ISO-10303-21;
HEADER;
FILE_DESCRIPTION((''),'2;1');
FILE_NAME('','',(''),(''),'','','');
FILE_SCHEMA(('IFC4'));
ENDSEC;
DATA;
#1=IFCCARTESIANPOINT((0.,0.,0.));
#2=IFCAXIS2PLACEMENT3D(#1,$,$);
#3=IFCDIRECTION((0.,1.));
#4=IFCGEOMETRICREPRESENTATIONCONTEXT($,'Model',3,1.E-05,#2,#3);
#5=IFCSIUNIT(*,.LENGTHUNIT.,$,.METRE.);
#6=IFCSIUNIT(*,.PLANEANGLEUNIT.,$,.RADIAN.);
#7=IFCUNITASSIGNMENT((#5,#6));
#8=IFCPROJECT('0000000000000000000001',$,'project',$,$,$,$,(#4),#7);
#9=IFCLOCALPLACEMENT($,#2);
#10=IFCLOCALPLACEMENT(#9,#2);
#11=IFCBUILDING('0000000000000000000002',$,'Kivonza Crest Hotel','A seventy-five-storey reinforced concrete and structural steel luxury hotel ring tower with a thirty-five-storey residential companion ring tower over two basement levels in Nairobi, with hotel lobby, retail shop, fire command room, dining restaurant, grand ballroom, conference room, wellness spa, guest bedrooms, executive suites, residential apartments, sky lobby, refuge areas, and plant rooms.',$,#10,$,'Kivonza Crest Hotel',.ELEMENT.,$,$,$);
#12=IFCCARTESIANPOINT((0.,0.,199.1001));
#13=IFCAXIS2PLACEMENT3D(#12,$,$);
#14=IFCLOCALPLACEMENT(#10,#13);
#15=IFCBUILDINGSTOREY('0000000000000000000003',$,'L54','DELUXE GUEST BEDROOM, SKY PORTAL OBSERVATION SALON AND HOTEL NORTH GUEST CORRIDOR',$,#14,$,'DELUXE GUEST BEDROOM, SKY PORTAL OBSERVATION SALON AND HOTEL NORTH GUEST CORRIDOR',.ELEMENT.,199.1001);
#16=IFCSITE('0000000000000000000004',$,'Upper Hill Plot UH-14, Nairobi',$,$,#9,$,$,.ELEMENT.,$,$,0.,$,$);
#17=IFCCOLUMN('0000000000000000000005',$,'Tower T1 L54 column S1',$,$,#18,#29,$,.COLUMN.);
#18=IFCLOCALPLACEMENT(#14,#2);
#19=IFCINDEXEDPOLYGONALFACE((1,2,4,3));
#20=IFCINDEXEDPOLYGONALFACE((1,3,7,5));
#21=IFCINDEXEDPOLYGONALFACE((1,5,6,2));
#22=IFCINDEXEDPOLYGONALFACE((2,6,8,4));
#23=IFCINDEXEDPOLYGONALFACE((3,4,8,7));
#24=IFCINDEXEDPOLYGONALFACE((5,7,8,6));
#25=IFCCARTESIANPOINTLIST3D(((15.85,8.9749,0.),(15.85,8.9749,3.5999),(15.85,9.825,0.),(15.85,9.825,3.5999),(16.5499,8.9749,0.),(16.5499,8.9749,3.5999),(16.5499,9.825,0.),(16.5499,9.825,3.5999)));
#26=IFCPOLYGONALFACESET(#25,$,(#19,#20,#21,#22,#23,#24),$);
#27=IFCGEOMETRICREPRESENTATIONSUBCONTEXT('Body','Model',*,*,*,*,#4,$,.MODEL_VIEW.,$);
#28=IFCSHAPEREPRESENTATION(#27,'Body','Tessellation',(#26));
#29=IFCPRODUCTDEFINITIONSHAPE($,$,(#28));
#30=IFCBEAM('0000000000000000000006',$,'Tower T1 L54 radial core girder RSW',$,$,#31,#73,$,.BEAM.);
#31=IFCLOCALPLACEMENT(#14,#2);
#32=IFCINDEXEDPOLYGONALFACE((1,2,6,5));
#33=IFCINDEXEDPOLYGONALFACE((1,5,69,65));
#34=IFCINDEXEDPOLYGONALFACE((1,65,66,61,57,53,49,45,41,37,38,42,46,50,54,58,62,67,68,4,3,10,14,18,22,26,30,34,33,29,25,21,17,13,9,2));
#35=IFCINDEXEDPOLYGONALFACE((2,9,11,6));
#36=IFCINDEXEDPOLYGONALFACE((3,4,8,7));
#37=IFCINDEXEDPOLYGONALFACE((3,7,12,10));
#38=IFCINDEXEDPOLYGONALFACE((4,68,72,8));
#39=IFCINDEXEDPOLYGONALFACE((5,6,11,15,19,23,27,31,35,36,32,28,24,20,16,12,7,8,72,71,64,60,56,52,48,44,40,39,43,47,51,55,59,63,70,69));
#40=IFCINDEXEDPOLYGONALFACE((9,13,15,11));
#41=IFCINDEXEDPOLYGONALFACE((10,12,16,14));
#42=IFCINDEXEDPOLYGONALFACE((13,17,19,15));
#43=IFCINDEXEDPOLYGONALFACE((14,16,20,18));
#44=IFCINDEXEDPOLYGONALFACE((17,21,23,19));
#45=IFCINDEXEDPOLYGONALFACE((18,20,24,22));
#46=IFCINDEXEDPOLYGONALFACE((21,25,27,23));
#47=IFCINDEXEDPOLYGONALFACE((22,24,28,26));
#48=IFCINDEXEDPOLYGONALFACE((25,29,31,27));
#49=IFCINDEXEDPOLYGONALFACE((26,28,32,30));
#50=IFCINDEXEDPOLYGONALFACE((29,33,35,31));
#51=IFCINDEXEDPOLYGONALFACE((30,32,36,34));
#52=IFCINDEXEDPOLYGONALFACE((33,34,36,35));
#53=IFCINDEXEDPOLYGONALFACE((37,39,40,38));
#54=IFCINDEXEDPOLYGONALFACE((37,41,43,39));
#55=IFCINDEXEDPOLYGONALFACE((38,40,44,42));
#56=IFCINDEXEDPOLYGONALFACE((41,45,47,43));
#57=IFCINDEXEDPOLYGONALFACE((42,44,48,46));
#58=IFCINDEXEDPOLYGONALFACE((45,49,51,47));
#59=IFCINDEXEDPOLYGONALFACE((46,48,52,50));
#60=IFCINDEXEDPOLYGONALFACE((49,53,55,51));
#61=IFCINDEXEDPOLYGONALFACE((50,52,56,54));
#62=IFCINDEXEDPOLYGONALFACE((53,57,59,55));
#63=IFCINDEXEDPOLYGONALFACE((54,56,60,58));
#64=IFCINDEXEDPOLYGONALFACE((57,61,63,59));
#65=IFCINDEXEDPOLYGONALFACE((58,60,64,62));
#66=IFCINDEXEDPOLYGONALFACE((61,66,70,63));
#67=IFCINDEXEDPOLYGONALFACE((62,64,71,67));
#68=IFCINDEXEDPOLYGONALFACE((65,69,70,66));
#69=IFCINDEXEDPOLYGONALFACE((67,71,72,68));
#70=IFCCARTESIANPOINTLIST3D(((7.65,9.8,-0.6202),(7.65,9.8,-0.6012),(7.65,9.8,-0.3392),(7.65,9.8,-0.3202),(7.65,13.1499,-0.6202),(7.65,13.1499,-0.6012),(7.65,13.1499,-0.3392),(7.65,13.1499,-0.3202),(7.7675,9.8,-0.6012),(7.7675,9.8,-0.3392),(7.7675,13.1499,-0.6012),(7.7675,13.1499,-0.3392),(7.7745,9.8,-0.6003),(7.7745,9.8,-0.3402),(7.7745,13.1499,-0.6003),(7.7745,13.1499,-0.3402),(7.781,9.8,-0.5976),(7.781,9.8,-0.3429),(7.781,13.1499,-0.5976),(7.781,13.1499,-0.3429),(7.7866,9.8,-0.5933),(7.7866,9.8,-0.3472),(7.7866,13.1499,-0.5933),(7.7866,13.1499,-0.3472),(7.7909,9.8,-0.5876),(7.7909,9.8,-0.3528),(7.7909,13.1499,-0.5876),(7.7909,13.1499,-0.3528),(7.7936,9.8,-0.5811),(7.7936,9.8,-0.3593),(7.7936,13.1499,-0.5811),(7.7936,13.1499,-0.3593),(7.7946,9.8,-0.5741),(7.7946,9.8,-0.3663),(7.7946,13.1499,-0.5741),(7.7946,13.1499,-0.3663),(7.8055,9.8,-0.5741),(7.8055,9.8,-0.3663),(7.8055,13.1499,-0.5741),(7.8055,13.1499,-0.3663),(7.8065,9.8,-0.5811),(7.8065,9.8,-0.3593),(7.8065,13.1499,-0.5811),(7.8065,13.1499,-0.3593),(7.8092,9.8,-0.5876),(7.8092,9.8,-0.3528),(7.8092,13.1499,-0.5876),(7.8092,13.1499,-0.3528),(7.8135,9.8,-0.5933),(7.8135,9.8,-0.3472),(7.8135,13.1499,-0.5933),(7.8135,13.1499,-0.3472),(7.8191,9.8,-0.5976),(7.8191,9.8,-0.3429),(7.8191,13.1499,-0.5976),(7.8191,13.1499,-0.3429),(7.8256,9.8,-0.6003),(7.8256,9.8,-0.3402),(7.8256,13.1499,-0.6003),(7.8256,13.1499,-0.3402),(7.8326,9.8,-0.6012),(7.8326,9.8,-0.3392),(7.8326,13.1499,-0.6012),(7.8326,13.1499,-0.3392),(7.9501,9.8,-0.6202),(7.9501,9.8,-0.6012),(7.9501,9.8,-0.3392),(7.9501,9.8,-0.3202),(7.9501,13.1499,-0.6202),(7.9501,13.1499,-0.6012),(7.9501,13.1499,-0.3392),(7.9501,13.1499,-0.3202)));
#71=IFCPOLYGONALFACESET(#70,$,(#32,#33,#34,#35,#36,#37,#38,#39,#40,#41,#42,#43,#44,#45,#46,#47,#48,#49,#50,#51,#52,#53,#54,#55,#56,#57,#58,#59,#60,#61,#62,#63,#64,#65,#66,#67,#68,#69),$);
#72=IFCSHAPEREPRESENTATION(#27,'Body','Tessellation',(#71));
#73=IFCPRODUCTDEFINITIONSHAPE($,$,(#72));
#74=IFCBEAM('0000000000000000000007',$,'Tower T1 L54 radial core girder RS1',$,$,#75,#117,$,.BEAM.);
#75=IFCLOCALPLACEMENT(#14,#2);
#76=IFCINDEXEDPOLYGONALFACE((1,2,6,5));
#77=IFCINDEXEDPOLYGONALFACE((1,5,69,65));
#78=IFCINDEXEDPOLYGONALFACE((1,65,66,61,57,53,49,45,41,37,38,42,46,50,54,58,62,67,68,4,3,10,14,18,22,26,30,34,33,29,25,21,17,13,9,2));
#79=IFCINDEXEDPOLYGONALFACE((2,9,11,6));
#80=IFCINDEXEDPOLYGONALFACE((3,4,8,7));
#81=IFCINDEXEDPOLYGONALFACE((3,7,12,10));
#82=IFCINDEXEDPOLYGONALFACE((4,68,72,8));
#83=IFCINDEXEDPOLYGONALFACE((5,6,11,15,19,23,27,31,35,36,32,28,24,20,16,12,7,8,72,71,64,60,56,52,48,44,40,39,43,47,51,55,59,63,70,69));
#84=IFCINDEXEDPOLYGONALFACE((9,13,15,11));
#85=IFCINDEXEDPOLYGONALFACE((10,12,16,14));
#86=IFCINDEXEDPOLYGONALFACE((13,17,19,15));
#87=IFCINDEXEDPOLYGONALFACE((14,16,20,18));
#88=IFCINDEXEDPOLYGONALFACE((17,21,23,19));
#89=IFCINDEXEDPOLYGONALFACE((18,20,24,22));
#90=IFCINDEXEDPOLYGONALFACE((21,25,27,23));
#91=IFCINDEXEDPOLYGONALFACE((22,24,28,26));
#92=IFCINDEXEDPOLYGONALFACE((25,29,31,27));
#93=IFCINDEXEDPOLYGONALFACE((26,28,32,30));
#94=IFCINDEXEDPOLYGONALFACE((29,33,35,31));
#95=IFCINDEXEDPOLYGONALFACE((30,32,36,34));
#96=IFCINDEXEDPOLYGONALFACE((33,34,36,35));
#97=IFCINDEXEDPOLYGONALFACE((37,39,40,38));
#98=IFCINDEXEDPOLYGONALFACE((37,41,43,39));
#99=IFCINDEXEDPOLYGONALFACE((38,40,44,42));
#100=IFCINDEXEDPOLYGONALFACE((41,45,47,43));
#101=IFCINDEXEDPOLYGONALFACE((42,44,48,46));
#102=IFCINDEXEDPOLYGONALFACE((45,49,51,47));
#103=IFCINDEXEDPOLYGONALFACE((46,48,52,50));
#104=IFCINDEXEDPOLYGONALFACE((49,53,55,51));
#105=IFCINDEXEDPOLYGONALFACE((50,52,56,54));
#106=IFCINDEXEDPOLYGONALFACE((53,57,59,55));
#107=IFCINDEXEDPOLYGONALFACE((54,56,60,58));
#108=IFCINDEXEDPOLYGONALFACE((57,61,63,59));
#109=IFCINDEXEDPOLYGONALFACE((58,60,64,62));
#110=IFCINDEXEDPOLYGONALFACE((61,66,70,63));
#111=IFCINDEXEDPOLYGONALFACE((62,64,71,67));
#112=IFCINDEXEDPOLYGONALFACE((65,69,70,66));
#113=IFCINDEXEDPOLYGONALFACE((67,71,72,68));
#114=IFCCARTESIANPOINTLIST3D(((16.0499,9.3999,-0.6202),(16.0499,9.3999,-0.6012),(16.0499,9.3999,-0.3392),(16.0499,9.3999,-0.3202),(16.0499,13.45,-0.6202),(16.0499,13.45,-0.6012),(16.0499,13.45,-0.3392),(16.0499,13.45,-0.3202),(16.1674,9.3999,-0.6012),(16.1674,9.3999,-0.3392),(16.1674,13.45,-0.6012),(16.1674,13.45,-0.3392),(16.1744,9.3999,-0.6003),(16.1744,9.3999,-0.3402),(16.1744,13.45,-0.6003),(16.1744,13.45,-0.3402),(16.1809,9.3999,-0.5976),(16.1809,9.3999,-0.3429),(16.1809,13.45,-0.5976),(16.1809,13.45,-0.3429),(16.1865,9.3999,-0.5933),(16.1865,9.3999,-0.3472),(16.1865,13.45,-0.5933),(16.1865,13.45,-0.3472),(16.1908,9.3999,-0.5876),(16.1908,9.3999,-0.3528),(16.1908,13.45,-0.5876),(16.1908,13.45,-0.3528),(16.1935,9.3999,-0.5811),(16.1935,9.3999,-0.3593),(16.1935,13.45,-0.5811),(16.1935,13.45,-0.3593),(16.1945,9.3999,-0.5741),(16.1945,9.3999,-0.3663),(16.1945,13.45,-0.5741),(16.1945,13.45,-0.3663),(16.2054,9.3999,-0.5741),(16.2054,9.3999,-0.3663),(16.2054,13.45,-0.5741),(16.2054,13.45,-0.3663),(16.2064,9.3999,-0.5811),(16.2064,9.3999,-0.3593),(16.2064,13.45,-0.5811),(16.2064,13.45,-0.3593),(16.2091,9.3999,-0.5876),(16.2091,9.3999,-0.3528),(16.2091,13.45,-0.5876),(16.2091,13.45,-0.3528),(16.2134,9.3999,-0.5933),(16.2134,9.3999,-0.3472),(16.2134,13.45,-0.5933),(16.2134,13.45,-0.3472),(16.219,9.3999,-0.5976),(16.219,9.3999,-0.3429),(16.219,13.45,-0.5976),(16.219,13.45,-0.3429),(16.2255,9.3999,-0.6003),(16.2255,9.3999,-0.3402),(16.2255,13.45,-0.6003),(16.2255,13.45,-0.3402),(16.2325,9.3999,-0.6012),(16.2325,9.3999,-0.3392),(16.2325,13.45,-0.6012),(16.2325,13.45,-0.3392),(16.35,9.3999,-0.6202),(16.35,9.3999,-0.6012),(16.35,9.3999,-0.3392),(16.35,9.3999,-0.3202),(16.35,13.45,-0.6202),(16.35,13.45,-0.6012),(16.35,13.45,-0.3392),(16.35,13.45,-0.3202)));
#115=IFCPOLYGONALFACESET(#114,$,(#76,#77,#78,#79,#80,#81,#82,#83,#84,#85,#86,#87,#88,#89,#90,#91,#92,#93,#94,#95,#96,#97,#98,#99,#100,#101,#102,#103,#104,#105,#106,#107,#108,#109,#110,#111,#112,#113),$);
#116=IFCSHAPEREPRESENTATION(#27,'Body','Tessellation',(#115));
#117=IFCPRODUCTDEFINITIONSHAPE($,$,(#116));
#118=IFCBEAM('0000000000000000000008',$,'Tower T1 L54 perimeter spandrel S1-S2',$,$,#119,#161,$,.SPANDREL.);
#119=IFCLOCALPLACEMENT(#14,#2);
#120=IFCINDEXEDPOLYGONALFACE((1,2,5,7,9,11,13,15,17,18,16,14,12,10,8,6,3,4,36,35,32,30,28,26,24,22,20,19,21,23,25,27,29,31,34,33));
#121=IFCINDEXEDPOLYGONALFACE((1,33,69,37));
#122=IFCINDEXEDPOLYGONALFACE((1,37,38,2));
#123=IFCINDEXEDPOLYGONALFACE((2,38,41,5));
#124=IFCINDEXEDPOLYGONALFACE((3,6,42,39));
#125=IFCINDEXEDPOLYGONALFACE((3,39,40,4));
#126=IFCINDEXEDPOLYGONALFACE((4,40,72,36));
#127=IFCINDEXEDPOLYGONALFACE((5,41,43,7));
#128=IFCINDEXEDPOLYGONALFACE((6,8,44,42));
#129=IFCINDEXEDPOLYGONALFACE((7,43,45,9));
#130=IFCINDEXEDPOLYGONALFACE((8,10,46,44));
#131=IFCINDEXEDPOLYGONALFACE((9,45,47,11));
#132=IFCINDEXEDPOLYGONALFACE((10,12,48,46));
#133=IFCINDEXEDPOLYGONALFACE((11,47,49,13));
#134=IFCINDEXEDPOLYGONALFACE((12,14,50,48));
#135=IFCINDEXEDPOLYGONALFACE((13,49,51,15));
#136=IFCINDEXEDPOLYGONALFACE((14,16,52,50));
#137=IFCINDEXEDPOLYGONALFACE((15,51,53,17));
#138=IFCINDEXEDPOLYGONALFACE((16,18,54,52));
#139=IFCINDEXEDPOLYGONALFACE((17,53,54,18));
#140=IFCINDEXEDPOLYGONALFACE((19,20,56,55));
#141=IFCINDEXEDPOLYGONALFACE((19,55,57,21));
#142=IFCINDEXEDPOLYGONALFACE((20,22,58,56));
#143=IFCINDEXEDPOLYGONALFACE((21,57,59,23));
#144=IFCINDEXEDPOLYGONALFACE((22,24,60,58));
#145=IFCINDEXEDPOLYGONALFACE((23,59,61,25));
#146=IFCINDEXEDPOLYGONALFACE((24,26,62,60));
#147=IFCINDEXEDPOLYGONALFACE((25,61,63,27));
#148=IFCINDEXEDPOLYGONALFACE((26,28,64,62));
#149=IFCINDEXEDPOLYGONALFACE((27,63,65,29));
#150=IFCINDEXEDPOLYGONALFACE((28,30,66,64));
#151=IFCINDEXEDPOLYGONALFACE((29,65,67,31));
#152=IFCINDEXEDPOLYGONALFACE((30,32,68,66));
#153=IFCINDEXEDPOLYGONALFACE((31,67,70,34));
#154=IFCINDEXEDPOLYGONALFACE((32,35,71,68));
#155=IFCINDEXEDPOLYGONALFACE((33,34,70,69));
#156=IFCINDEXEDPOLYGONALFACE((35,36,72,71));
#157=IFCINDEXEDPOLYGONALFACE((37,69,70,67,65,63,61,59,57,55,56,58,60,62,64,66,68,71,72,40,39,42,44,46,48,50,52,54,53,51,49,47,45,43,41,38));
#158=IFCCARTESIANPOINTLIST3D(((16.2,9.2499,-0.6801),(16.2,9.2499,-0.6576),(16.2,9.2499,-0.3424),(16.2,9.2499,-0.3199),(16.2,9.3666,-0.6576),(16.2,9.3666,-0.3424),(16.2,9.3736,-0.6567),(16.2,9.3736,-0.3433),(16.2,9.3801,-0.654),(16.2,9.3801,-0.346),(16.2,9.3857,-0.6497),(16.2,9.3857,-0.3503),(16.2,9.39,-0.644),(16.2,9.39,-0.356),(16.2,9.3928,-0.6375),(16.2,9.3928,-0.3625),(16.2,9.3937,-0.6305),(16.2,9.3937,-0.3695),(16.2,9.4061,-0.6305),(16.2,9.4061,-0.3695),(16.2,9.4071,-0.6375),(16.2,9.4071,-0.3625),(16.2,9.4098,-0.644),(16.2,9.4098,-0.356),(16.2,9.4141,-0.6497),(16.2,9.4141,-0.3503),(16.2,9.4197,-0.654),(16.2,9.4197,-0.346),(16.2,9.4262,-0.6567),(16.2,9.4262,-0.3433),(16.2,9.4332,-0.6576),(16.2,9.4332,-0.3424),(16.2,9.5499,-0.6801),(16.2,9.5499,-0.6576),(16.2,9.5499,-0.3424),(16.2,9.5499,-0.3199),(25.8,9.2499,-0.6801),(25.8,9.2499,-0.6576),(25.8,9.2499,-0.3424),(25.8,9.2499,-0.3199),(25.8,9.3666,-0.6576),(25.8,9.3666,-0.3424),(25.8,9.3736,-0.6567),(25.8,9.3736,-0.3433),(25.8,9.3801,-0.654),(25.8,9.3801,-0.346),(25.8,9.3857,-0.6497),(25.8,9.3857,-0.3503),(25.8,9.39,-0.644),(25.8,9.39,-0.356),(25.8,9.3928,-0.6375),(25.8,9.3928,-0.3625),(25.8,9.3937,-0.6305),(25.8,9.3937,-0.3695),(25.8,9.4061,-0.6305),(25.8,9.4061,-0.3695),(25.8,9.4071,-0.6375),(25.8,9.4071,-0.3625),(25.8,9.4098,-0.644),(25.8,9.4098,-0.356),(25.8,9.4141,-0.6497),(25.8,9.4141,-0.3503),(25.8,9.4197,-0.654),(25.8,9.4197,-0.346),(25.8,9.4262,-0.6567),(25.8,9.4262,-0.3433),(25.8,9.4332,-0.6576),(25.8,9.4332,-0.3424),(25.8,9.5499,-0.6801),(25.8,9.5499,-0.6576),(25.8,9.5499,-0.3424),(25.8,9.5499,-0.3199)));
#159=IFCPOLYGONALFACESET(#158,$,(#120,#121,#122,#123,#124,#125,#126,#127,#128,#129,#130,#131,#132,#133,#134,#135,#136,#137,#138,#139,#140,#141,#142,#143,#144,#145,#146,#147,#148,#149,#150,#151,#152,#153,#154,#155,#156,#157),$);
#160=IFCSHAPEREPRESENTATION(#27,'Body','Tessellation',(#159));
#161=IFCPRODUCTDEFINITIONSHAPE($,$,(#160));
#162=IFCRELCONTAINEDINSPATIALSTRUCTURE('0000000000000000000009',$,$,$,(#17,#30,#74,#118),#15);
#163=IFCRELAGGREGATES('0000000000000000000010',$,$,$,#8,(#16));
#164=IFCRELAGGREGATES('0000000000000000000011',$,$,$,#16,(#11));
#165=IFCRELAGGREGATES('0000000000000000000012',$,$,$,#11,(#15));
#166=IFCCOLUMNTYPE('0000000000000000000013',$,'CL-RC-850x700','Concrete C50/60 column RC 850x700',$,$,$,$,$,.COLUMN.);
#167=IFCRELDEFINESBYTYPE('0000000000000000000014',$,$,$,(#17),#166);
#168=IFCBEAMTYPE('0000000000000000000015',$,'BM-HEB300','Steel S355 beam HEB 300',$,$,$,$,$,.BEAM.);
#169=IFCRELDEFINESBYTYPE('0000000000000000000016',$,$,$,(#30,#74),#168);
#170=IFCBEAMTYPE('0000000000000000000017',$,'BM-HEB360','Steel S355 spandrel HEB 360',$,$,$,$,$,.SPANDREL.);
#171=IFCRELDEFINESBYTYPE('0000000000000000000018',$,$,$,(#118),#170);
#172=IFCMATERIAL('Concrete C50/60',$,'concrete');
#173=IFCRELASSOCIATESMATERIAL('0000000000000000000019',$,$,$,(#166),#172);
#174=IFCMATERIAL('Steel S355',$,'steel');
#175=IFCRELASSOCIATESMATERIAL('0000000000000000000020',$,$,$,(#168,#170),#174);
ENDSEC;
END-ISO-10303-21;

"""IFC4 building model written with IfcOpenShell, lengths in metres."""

from ifc_helpers import new_model, si_unit, direction, frame, origin, origin_2d, place, context, subcontext, project, spatial, rectangle, i_section, extrude, material, material_profile, profile_set, type_object, element, save


model = new_model("IFC4")

# Units and contexts
model_context = context("Model", 3, precision=1e-05, world=origin(), true_north=direction((0.0, 1.0)))
body_context = subcontext(model_context, "Body", "Model", "MODEL_VIEW")
ifc_project = project(units=[si_unit("LENGTHUNIT", "METRE"), si_unit("PLANEANGLEUNIT", "RADIAN")], contexts=[model_context])

# Site, building, storey
site_placement = place(None, origin())
site = spatial("IfcSite", under=ifc_project, at=site_placement, Name="Upper Hill Plot UH-14, Nairobi", CompositionType="ELEMENT", RefElevation=0.0)
building_placement = place(site_placement, origin())
building = spatial("IfcBuilding", under=site, at=building_placement, Name="Kivonza Crest Hotel", Description="A seventy-five-storey reinforced concrete and structural steel luxury hotel ring tower with a thirty-five-storey residential companion ring tower over two basement levels in Nairobi, with hotel lobby, retail shop, fire command room, dining restaurant, grand ballroom, conference room, wellness spa, guest bedrooms, executive suites, residential apartments, sky lobby, refuge areas, and plant rooms.", LongName="Kivonza Crest Hotel", CompositionType="ELEMENT")
storey_placement = place(building_placement, frame((0.0, 0.0, 199.1001)))
storey = spatial("IfcBuildingStorey", under=building, at=storey_placement, Name="L54", Description="DELUXE GUEST BEDROOM, SKY PORTAL OBSERVATION SALON AND HOTEL NORTH GUEST CORRIDOR", LongName="DELUXE GUEST BEDROOM, SKY PORTAL OBSERVATION SALON AND HOTEL NORTH GUEST CORRIDOR", CompositionType="ELEMENT", Elevation=199.1001)

# Column
ifc_material_1 = material(Name="Concrete C50/60", Category="concrete")
ifc_material_profile_1 = material_profile(ifc_material_1, rectangle(XDim=0.7, YDim=0.8501, at=origin_2d()), Name="RC 850x700")
ifc_profile_set_1 = profile_set([ifc_material_profile_1], Name="Concrete C50/60")
column_type = type_object("IfcColumnType", Name="CL-RC-850x700", Description="Concrete C50/60 column RC 850x700", PredefinedType="COLUMN", material=ifc_profile_set_1)
column_placement = place(storey_placement, frame((16.2, 9.3999, 0.0), z_axis=(0.0, 0.0, 1.0), x_axis=(1.0, 0.0, 0.0)))
element("IfcColumn", 1, at=column_placement, inside=storey, type_object=column_type, Name="Tower T1 L54 column S1", PredefinedType="COLUMN", context=body_context, shape_type="SweptSolid", body=[
    extrude(rectangle(XDim=0.7, YDim=0.8501, at=origin_2d()), origin(), (0.0, 0.0, 1.0), 3.5999),
])

# Beams
ifc_material_2 = material(Name="Steel S355", Category="steel")
ifc_material_profile_2 = material_profile(ifc_material_2, i_section(OverallWidth=0.3, OverallDepth=0.3, WebThickness=0.011, FlangeThickness=0.019, FilletRadius=0.0271, at=origin_2d()), Name="HEB 300")
ifc_profile_set_2 = profile_set([ifc_material_profile_2], Name="Steel S355")
beam_type_1 = type_object("IfcBeamType", Name="BM-HEB300", Description="Steel S355 beam HEB 300", PredefinedType="BEAM", material=ifc_profile_set_2)
beam_1_placement = place(storey_placement, frame((7.8, 9.8, -0.4702), z_axis=(0.0, 1.0, 0.0), x_axis=(-1.0, 0.0, 0.0)))
element("IfcBeam", 2, at=beam_1_placement, inside=storey, type_object=beam_type_1, Name="Tower T1 L54 radial core girder RSW", PredefinedType="BEAM", context=body_context, shape_type="SweptSolid", body=[
    extrude(i_section(OverallWidth=0.3, OverallDepth=0.3, WebThickness=0.011, FlangeThickness=0.019, FilletRadius=0.0271, at=origin_2d()), origin(), (0.0, 0.0, 1.0), 3.3499),
])
beam_2_placement = place(storey_placement, frame((16.2, 9.3999, -0.4702), z_axis=(0.0, 1.0, 0.0), x_axis=(-1.0, 0.0, 0.0)))
element("IfcBeam", 3, at=beam_2_placement, inside=storey, type_object=beam_type_1, Name="Tower T1 L54 radial core girder RS1", PredefinedType="BEAM", context=body_context, shape_type="SweptSolid", body=[
    extrude(i_section(OverallWidth=0.3, OverallDepth=0.3, WebThickness=0.011, FlangeThickness=0.019, FilletRadius=0.0271, at=origin_2d()), origin(), (0.0, 0.0, 1.0), 4.05),
])
ifc_material_profile_3 = material_profile(ifc_material_2, i_section(OverallWidth=0.3, OverallDepth=0.3601, WebThickness=0.0125, FlangeThickness=0.0225, FilletRadius=0.0271, at=origin_2d()), Name="HEB 360")
ifc_profile_set_3 = profile_set([ifc_material_profile_3], Name="Steel S355")
beam_type_2 = type_object("IfcBeamType", Name="BM-HEB360", Description="Steel S355 spandrel HEB 360", PredefinedType="SPANDREL", material=ifc_profile_set_3)
beam_3_placement = place(storey_placement, frame((16.2, 9.3999, -0.5), z_axis=(1.0, 0.0, 0.0), x_axis=(0.0, 1.0, 0.0)))
element("IfcBeam", 4, at=beam_3_placement, inside=storey, type_object=beam_type_2, Name="Tower T1 L54 perimeter spandrel S1-S2", PredefinedType="SPANDREL", context=body_context, shape_type="SweptSolid", body=[
    extrude(i_section(OverallWidth=0.3, OverallDepth=0.3601, WebThickness=0.0125, FlangeThickness=0.0225, FilletRadius=0.0271, at=origin_2d()), origin(), (0.0, 0.0, 1.0), 9.6001),
])

save(model, "model.ifc")
